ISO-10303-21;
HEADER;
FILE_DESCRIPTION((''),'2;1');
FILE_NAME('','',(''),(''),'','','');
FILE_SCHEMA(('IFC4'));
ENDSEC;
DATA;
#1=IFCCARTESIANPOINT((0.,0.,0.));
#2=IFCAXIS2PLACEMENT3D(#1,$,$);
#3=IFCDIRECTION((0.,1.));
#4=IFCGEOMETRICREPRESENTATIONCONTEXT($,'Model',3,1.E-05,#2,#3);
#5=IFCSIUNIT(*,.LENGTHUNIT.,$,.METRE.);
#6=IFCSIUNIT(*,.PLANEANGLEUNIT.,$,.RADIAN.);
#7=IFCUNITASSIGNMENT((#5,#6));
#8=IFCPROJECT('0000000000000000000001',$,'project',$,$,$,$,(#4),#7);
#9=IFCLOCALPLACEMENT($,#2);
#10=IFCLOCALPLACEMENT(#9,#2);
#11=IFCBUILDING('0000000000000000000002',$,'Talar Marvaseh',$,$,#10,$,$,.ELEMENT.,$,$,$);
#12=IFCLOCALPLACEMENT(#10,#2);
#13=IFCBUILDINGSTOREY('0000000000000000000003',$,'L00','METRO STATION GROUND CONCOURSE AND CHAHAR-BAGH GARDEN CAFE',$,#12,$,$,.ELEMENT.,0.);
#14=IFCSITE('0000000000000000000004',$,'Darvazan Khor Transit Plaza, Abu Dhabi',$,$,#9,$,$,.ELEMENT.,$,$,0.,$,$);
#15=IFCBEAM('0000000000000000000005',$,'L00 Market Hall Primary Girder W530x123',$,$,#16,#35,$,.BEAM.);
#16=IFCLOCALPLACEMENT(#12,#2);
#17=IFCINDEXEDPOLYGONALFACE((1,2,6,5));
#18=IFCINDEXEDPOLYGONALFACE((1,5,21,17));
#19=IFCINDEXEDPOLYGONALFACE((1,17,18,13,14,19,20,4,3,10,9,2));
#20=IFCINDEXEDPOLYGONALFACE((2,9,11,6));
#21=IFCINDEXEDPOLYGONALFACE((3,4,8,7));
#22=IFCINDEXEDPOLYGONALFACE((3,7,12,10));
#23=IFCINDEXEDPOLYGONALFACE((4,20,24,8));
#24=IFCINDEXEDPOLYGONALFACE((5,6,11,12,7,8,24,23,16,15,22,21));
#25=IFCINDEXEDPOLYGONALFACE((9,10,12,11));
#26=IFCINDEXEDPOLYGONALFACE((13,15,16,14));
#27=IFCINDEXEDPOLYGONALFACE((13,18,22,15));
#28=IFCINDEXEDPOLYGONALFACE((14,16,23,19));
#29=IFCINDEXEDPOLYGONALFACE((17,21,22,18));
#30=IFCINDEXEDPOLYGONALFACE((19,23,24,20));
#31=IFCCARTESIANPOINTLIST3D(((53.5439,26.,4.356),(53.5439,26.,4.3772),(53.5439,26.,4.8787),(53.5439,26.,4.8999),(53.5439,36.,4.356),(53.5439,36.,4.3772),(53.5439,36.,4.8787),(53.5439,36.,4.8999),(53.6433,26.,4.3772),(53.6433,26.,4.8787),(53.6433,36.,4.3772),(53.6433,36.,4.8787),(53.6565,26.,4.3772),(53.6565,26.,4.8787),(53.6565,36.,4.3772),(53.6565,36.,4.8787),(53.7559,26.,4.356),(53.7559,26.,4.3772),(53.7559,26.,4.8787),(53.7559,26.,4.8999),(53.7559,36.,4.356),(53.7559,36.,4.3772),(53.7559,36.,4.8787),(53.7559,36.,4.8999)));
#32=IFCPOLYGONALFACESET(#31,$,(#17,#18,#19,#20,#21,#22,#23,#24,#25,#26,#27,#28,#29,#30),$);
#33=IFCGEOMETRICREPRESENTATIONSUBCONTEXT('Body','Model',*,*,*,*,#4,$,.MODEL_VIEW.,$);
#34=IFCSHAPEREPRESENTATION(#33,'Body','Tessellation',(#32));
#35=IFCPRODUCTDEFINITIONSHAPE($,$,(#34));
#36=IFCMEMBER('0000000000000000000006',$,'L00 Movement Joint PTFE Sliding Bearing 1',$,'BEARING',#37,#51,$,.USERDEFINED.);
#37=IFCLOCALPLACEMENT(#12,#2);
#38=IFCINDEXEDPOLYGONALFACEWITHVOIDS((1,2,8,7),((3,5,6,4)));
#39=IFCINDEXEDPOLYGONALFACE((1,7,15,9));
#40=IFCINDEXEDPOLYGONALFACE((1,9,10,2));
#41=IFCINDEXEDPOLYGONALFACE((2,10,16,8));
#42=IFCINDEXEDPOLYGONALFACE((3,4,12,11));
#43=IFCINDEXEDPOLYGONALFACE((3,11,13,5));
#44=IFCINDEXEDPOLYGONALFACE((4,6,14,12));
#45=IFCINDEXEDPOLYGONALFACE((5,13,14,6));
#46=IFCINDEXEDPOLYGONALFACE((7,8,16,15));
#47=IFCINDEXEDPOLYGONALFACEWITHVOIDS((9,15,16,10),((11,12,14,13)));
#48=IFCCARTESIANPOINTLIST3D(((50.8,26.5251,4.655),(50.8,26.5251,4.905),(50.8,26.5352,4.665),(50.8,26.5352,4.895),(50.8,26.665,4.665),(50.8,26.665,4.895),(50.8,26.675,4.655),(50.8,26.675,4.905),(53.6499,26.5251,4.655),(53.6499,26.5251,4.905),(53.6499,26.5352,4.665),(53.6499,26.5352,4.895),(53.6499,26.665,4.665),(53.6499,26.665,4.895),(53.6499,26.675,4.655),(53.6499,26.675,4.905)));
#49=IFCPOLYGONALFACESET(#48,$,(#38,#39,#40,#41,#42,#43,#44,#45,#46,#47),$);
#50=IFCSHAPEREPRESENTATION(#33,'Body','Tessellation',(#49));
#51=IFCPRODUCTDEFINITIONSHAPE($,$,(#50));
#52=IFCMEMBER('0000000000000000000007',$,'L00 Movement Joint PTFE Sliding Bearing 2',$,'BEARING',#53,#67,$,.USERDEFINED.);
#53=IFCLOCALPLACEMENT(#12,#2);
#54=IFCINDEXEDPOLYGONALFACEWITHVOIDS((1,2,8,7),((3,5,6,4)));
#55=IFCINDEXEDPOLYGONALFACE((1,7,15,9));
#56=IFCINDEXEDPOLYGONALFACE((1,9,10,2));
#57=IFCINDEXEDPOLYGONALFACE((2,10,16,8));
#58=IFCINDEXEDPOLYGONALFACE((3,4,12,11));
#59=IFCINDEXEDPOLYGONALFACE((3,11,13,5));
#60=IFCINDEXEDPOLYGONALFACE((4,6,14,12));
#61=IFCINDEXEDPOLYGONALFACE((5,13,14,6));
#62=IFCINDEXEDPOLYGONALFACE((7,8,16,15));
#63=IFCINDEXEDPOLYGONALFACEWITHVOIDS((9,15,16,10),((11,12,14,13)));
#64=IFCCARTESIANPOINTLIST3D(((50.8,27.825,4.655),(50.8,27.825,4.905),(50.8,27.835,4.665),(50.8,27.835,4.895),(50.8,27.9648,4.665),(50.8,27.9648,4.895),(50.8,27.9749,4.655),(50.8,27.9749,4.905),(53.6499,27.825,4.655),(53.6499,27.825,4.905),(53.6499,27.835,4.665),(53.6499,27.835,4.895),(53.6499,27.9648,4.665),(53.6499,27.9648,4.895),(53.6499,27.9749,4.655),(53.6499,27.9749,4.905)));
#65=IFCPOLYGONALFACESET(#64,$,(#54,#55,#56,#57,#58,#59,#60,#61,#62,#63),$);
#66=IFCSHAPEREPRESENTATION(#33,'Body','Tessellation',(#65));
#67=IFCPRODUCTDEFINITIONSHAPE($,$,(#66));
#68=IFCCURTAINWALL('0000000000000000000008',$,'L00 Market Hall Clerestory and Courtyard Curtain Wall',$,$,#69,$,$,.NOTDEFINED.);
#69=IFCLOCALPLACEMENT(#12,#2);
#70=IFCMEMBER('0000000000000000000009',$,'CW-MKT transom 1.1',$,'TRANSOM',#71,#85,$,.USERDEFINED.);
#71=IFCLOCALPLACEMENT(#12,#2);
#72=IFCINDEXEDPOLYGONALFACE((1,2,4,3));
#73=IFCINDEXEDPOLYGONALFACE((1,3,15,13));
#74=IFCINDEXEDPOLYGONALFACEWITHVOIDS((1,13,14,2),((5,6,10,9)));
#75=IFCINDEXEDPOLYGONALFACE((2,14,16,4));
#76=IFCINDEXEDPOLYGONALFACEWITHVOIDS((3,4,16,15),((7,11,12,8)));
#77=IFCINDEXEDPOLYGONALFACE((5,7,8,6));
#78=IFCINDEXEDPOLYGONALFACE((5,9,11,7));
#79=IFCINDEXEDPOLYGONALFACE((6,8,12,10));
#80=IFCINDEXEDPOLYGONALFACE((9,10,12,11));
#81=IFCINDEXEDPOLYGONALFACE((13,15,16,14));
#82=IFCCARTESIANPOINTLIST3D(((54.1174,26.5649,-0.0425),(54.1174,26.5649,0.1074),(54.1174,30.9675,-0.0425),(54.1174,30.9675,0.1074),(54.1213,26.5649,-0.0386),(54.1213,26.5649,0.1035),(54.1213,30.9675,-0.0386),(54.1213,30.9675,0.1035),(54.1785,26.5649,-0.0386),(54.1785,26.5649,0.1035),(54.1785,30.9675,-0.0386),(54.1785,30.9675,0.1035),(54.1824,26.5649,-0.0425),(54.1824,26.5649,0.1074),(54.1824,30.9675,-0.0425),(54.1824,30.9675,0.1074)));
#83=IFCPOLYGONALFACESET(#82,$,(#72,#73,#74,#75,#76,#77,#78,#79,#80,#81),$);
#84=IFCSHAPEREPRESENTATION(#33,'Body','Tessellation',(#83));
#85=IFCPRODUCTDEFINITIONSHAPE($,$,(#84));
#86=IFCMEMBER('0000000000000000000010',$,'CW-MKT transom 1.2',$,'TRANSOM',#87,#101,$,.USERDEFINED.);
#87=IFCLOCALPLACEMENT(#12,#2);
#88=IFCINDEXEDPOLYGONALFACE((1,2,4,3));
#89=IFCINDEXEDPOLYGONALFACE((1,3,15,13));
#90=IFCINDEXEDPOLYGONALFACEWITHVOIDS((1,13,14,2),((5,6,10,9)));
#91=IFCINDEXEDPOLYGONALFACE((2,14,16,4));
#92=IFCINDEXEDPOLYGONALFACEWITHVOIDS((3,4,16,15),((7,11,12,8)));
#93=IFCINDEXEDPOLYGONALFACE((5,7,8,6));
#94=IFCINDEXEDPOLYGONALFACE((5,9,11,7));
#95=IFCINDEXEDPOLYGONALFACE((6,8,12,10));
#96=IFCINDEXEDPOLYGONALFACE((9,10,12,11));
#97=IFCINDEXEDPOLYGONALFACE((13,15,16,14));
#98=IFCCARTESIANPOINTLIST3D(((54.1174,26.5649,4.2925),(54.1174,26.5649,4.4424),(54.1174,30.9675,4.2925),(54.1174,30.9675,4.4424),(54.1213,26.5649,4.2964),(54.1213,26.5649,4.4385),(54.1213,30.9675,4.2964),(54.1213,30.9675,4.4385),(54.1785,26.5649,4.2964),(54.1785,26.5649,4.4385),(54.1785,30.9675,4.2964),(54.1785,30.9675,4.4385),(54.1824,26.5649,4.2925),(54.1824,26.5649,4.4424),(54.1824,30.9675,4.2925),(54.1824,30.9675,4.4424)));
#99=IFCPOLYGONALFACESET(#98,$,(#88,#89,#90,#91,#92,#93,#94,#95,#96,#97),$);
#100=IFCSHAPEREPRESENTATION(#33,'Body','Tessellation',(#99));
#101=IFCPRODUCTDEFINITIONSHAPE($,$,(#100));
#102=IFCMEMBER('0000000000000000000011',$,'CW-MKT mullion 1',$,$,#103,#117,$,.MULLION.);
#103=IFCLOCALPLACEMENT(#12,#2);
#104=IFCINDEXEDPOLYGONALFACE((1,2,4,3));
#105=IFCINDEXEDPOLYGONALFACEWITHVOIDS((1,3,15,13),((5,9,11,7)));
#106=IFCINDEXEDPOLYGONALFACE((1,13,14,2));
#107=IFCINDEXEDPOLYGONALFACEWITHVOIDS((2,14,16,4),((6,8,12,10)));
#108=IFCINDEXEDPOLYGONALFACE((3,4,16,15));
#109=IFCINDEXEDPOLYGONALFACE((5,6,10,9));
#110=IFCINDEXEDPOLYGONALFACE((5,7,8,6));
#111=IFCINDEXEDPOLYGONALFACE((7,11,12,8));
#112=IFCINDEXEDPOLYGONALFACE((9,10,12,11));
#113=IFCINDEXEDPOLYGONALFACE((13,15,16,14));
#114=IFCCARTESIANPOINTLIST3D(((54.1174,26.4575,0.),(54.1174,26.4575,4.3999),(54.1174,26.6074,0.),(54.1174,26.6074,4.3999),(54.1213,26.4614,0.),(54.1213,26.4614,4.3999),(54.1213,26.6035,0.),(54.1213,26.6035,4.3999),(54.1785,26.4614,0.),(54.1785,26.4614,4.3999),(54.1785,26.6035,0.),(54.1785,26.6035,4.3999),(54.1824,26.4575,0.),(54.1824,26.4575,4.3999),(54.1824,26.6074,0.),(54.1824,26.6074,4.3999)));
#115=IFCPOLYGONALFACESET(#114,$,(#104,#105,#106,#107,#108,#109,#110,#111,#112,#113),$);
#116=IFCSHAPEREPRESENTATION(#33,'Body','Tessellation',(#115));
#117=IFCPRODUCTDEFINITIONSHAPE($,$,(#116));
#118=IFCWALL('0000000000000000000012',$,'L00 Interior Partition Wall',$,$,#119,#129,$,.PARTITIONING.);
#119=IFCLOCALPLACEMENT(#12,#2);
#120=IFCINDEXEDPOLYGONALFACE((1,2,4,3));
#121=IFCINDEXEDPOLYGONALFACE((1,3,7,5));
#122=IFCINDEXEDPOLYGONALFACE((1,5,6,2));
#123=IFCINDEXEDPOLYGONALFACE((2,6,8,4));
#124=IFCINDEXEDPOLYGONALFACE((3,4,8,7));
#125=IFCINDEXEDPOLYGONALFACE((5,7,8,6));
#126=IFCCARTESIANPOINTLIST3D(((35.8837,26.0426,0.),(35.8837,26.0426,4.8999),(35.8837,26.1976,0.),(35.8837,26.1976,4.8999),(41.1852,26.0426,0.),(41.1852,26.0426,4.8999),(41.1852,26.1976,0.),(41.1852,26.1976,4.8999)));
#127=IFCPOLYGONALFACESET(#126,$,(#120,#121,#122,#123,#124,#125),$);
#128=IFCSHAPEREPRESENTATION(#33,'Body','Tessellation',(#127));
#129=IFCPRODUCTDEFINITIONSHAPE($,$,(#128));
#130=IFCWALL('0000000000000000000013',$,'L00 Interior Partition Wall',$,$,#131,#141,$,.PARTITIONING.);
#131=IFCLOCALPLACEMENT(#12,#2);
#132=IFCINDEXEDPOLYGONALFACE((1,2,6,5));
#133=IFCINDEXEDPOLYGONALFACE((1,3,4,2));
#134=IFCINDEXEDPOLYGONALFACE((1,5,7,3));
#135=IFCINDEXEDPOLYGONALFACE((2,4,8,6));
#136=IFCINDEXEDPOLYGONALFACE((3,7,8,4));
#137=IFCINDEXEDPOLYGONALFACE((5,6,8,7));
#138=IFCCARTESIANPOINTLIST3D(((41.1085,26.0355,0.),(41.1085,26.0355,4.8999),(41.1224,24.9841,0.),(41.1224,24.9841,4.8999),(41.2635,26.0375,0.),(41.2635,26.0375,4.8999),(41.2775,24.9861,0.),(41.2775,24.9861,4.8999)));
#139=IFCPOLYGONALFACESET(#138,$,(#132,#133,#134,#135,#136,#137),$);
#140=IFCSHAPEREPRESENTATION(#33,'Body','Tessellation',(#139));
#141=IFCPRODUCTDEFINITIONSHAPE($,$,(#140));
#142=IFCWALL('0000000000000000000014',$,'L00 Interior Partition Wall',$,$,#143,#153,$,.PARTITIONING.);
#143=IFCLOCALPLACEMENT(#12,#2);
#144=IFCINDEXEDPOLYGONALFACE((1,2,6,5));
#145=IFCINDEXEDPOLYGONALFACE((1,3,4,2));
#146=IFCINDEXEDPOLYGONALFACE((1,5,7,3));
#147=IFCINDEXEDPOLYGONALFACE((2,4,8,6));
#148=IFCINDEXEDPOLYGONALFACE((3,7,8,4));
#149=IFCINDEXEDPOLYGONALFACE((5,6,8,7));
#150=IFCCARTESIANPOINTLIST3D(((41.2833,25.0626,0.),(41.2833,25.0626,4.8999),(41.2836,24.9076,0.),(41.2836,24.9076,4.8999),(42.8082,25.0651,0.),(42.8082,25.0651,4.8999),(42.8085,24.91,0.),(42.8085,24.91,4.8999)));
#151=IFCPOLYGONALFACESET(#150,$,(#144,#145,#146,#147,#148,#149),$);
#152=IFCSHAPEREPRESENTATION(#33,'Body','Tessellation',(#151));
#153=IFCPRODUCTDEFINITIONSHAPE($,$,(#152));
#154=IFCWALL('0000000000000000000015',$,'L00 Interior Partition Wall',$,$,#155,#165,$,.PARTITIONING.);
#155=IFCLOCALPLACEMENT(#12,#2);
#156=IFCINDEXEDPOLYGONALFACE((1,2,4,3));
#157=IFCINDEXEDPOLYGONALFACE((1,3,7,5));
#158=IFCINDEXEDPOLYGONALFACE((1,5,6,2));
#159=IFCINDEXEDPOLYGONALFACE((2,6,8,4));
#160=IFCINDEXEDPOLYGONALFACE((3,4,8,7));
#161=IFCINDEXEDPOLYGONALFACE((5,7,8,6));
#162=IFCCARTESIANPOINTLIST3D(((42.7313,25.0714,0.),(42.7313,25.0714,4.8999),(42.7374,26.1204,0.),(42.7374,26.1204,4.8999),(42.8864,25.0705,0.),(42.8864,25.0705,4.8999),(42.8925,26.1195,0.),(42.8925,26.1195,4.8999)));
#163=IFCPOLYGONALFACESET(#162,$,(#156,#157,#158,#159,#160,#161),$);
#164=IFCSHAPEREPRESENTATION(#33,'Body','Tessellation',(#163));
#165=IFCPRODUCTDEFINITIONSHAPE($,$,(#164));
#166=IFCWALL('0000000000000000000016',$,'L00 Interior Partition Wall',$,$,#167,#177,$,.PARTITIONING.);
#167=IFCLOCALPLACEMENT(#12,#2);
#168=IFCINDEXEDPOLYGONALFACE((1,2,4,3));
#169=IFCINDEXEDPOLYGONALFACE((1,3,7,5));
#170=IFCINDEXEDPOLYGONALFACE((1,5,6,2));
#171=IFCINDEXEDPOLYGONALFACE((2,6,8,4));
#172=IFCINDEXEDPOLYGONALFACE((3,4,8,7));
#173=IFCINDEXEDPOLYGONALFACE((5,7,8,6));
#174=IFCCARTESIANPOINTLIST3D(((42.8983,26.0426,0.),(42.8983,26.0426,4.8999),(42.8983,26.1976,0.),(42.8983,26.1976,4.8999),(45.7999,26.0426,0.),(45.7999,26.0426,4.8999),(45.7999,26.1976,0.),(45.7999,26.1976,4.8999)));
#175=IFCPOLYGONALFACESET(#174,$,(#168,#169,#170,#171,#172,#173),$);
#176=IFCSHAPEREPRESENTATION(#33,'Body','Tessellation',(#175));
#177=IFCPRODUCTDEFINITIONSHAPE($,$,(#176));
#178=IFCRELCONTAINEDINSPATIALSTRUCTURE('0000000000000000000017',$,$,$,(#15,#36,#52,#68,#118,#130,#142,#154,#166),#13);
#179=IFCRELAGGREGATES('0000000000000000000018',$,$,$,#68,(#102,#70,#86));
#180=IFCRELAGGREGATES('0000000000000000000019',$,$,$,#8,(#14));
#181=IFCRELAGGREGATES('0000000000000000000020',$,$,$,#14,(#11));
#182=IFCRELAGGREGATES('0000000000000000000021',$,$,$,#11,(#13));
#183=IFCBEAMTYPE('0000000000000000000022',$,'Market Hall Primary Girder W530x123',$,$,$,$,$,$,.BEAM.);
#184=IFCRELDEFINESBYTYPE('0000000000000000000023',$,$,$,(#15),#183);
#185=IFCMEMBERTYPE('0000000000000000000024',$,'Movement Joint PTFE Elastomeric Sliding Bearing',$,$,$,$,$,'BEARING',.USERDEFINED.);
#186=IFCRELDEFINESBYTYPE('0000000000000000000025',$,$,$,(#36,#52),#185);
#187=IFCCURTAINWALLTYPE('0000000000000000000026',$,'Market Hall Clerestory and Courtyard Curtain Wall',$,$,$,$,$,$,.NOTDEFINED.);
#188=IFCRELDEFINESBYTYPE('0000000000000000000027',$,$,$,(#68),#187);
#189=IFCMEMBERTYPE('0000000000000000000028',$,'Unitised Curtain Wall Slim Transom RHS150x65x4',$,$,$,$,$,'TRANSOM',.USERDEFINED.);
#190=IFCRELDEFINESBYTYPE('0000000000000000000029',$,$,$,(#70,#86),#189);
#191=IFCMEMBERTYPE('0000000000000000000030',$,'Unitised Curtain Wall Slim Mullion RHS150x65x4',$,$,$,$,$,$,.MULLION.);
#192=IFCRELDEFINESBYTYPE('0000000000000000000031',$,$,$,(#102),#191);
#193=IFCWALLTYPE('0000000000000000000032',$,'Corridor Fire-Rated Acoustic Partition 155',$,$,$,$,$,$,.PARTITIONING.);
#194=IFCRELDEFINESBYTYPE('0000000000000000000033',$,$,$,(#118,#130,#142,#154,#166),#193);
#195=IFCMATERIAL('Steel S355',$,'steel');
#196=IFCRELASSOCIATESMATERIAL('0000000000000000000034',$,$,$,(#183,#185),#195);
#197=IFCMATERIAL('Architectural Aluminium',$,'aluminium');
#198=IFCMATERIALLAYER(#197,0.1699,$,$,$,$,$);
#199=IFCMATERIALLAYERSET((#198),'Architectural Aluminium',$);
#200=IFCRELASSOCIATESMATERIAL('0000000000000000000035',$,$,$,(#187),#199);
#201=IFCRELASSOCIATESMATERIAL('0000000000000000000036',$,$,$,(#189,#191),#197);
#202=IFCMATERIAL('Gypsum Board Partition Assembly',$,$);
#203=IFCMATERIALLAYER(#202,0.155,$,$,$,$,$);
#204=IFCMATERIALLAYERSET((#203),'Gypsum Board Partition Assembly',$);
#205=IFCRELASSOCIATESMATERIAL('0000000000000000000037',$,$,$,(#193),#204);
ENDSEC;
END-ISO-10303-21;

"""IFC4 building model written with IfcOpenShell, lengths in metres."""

from ifc_helpers import new_model, si_unit, direction, frame, frame_2d, origin, origin_2d, place, context, subcontext, project, spatial, rectangle, hollow_rectangle, i_section, extrude, source, transform, mapped, material, layer, layer_set, material_profile, profile_set, type_object, type_shapes, element, aggregate, save


model = new_model("IFC4")

# Units and contexts
model_context = context("Model", 3, precision=1e-05, world=origin(), true_north=direction((0.0, 1.0)))
body_context = subcontext(model_context, "Body", "Model", "MODEL_VIEW")
ifc_project = project(units=[si_unit("LENGTHUNIT", "METRE"), si_unit("PLANEANGLEUNIT", "RADIAN")], contexts=[model_context])

# Site, building, storey
site_placement = place(None, origin())
site = spatial("IfcSite", under=ifc_project, at=site_placement, Name="Darvazan Khor Transit Plaza, Abu Dhabi", CompositionType="ELEMENT", RefElevation=0.0)
building_placement = place(site_placement, origin())
building = spatial("IfcBuilding", under=site, at=building_placement, Name="Talar Marvaseh", CompositionType="ELEMENT")
storey_placement = place(building_placement, origin())
storey = spatial("IfcBuildingStorey", under=building, at=storey_placement, Name="L00", Description="METRO STATION GROUND CONCOURSE AND CHAHAR-BAGH GARDEN CAFE", CompositionType="ELEMENT", Elevation=0.0)

# Beam
ifc_material_1 = material(Name="Steel S355", Category="steel")
ifc_material_profile_1 = material_profile(ifc_material_1, i_section(OverallWidth=0.2119, OverallDepth=0.5439, WebThickness=0.0132, FlangeThickness=0.0212, at=origin_2d()), Name="W530x123")
ifc_profile_set_1 = profile_set([ifc_material_profile_1], Name="Steel S355")
beam_type_1 = type_object("IfcBeamType", Name="Market Hall Primary Girder W530x123", PredefinedType="BEAM", material=ifc_profile_set_1)
beam_1_placement = place(storey_placement, frame((53.6499, 26.0, 4.6279), z_axis=(0.0, 1.0, 0.0), x_axis=(-1.0, 0.0, 0.0)))
element("IfcBeam", 1, at=beam_1_placement, inside=storey, type_object=beam_type_1, Name="L00 Market Hall Primary Girder W530x123", PredefinedType="BEAM", context=body_context, shape_type="SweptSolid", body=[
    extrude(i_section(OverallWidth=0.2119, OverallDepth=0.5439, WebThickness=0.0132, FlangeThickness=0.0212, at=origin_2d()), origin(), (0.0, 0.0, 1.0), 10.0),
])

# Members
ifc_material_profile_2 = material_profile(ifc_material_1, hollow_rectangle(XDim=0.1499, YDim=0.25, WallThickness=0.01, at=origin_2d()), Name="RHS250x150x10")
ifc_profile_set_2 = profile_set([ifc_material_profile_2], Name="Steel S355")
member_type_1 = type_object("IfcMemberType", Name="Movement Joint PTFE Elastomeric Sliding Bearing", ElementType="BEARING", PredefinedType="USERDEFINED", material=ifc_profile_set_2)
shared_shape_1 = source(origin(), body_context, "Body", "SweptSolid", [
    extrude(hollow_rectangle(XDim=0.1499, YDim=0.25, WallThickness=0.01, at=origin_2d()), origin(), (0.0, 0.0, 1.0), 2.8499),
])
type_shapes(member_type_1, [shared_shape_1])
for number, where, z_axis, x_axis, name in (
    (2, (50.8, 26.6001, 4.78), (1.0, 0.0, 0.0), (0.0, 1.0, 0.0), "L00 Movement Joint PTFE Sliding Bearing 1"),
    (3, (50.8, 27.8999, 4.78), (1.0, 0.0, 0.0), (0.0, 1.0, 0.0), "L00 Movement Joint PTFE Sliding Bearing 2"),
):
    element("IfcMember", number, at=place(storey_placement, frame(where, z_axis=z_axis, x_axis=x_axis)), inside=storey, type_object=member_type_1, Name=name, ObjectType="BEARING", PredefinedType="USERDEFINED", context=body_context, shape_type="MappedRepresentation", body=[
        mapped(shared_shape_1, transform((0.0, 0.0, 0.0), x_axis=(1.0, 0.0, 0.0), y_axis=(0.0, 1.0, 0.0), z_axis=(0.0, 0.0, 1.0), scale=1.0)),
    ])

# Curtain wall, members
ifc_material_2 = material(Name="Architectural Aluminium", Category="aluminium")
ifc_layer_1 = layer(ifc_material_2, 0.1699)
ifc_layer_set_1 = layer_set([ifc_layer_1], Name="Architectural Aluminium")
curtain_wall_type = type_object("IfcCurtainWallType", Name="Market Hall Clerestory and Courtyard Curtain Wall", PredefinedType="NOTDEFINED", material=ifc_layer_set_1)
curtain_wall_placement = place(storey_placement, origin())
curtain_wall = element("IfcCurtainWall", 4, at=curtain_wall_placement, inside=storey, type_object=curtain_wall_type, Name="L00 Market Hall Clerestory and Courtyard Curtain Wall", PredefinedType="NOTDEFINED")
ifc_material_profile_3 = material_profile(ifc_material_2, hollow_rectangle(XDim=0.0649, YDim=0.1499, WallThickness=0.0039, at=origin_2d()), Name="RHS150x65x4")
ifc_profile_set_3 = profile_set([ifc_material_profile_3], Name="Architectural Aluminium")
member_type_2 = type_object("IfcMemberType", Name="Unitised Curtain Wall Slim Transom RHS150x65x4", ElementType="TRANSOM", PredefinedType="USERDEFINED", material=ifc_profile_set_3)
shared_shape_2 = source(origin(), body_context, "Body", "SweptSolid", [
    extrude(hollow_rectangle(XDim=0.0649, YDim=0.1499, WallThickness=0.0039, at=origin_2d()), origin(), (0.0, 0.0, 1.0), 4.4026),
])
type_shapes(member_type_2, [shared_shape_2])
member_1_placement = place(storey_placement, frame((54.1499, 26.5649, 0.0325), z_axis=(0.0, 1.0, 0.0), x_axis=(-1.0, 0.0, 0.0)))
member_1 = element("IfcMember", 5, at=member_1_placement, type_object=member_type_2, Name="CW-MKT transom 1.1", ObjectType="TRANSOM", PredefinedType="USERDEFINED", context=body_context, shape_type="MappedRepresentation", body=[
    mapped(shared_shape_2, transform((0.0, 0.0, 0.0), x_axis=(1.0, 0.0, 0.0), y_axis=(0.0, 1.0, 0.0), z_axis=(0.0, 0.0, 1.0), scale=1.0)),
])
member_2_placement = place(storey_placement, frame((54.1499, 26.5649, 4.3674), z_axis=(0.0, 1.0, 0.0), x_axis=(-1.0, 0.0, 0.0)))
member_2 = element("IfcMember", 6, at=member_2_placement, type_object=member_type_2, Name="CW-MKT transom 1.2", ObjectType="TRANSOM", PredefinedType="USERDEFINED", context=body_context, shape_type="MappedRepresentation", body=[
    mapped(shared_shape_2, transform((0.0, 0.0, 0.0), x_axis=(1.0, 0.0, 0.0), y_axis=(0.0, 1.0, 0.0), z_axis=(0.0, 0.0, 1.0), scale=1.0)),
])
ifc_material_profile_4 = material_profile(ifc_material_2, hollow_rectangle(XDim=0.0649, YDim=0.1499, WallThickness=0.0039, at=origin_2d()), Name="RHS150x65x4")
ifc_profile_set_4 = profile_set([ifc_material_profile_4], Name="Architectural Aluminium")
member_type_3 = type_object("IfcMemberType", Name="Unitised Curtain Wall Slim Mullion RHS150x65x4", PredefinedType="MULLION", material=ifc_profile_set_4)
shared_shape_3 = source(origin(), body_context, "Body", "SweptSolid", [
    extrude(hollow_rectangle(XDim=0.0649, YDim=0.1499, WallThickness=0.0039, at=origin_2d()), origin(), (0.0, 0.0, 1.0), 4.3999),
])
type_shapes(member_type_3, [shared_shape_3])
member_3_placement = place(storey_placement, frame((54.1499, 26.5325, 0.0), z_axis=(0.0, 0.0, 1.0), x_axis=(-1.0, 0.0, 0.0)))
member_3 = element("IfcMember", 7, at=member_3_placement, type_object=member_type_3, Name="CW-MKT mullion 1", PredefinedType="MULLION", context=body_context, shape_type="MappedRepresentation", body=[
    mapped(shared_shape_3, transform((0.0, 0.0, 0.0), x_axis=(1.0, 0.0, 0.0), y_axis=(0.0, 1.0, 0.0), z_axis=(0.0, 0.0, 1.0), scale=1.0)),
])
aggregate(curtain_wall, [member_3, member_1, member_2])

# Walls
ifc_material_3 = material(Name="Gypsum Board Partition Assembly")
ifc_layer_2 = layer(ifc_material_3, 0.155)
ifc_layer_set_2 = layer_set([ifc_layer_2], Name="Gypsum Board Partition Assembly")
wall_type_1 = type_object("IfcWallType", Name="Corridor Fire-Rated Acoustic Partition 155", PredefinedType="PARTITIONING", material=ifc_layer_set_2)
wall_1_placement = place(storey_placement, frame((35.8835, 26.1201, 0.0), z_axis=(0.0, 0.0, 1.0), x_axis=(1.0, 0.0, 0.0)))
element("IfcWall", 8, at=wall_1_placement, inside=storey, type_object=wall_type_1, Name="L00 Interior Partition Wall", PredefinedType="PARTITIONING", context=body_context, shape_type="SweptSolid", body=[
    extrude(rectangle(XDim=5.3015, YDim=0.155, at=frame_2d((2.6509, 0.0))), origin(), (0.0, 0.0, 1.0), 4.8999),
])
wall_2_placement = place(storey_placement, frame((41.186, 26.0366, 0.0), z_axis=(0.0, 0.0, 1.0), x_axis=(0.013233, -0.999912, 0.0)))
element("IfcWall", 9, at=wall_2_placement, inside=storey, type_object=wall_type_1, Name="L00 Interior Partition Wall", PredefinedType="PARTITIONING", context=body_context, shape_type="SweptSolid", body=[
    extrude(rectangle(XDim=1.0515, YDim=0.155, at=frame_2d((0.5259, 0.0))), origin(), (0.0, 0.0, 1.0), 4.8999),
])
wall_3_placement = place(storey_placement, frame((41.2834, 24.9851, 0.0), z_axis=(0.0, 0.0, 1.0), x_axis=(0.999999, 0.001601, 0.0)))
element("IfcWall", 10, at=wall_3_placement, inside=storey, type_object=wall_type_1, Name="L00 Interior Partition Wall", PredefinedType="PARTITIONING", context=body_context, shape_type="SweptSolid", body=[
    extrude(rectangle(XDim=1.5249, YDim=0.155, at=frame_2d((0.7625, 0.0))), origin(), (0.0, 0.0, 1.0), 4.8999),
])
wall_4_placement = place(storey_placement, frame((42.8088, 25.071, 0.0), z_axis=(0.0, 0.0, 1.0), x_axis=(0.005818, 0.999983, 0.0)))
element("IfcWall", 11, at=wall_4_placement, inside=storey, type_object=wall_type_1, Name="L00 Interior Partition Wall", PredefinedType="PARTITIONING", context=body_context, shape_type="SweptSolid", body=[
    extrude(rectangle(XDim=1.0491, YDim=0.155, at=frame_2d((0.5244, 0.0))), origin(), (0.0, 0.0, 1.0), 4.8999),
])
wall_5_placement = place(storey_placement, frame((42.8984, 26.1201, 0.0), z_axis=(0.0, 0.0, 1.0), x_axis=(1.0, 0.0, 0.0)))
element("IfcWall", 12, at=wall_5_placement, inside=storey, type_object=wall_type_1, Name="L00 Interior Partition Wall", PredefinedType="PARTITIONING", context=body_context, shape_type="SweptSolid", body=[
    extrude(rectangle(XDim=2.9016, YDim=0.155, at=frame_2d((1.4507, 0.0))), origin(), (0.0, 0.0, 1.0), 4.8999),
])

save(model, "model.ifc")
